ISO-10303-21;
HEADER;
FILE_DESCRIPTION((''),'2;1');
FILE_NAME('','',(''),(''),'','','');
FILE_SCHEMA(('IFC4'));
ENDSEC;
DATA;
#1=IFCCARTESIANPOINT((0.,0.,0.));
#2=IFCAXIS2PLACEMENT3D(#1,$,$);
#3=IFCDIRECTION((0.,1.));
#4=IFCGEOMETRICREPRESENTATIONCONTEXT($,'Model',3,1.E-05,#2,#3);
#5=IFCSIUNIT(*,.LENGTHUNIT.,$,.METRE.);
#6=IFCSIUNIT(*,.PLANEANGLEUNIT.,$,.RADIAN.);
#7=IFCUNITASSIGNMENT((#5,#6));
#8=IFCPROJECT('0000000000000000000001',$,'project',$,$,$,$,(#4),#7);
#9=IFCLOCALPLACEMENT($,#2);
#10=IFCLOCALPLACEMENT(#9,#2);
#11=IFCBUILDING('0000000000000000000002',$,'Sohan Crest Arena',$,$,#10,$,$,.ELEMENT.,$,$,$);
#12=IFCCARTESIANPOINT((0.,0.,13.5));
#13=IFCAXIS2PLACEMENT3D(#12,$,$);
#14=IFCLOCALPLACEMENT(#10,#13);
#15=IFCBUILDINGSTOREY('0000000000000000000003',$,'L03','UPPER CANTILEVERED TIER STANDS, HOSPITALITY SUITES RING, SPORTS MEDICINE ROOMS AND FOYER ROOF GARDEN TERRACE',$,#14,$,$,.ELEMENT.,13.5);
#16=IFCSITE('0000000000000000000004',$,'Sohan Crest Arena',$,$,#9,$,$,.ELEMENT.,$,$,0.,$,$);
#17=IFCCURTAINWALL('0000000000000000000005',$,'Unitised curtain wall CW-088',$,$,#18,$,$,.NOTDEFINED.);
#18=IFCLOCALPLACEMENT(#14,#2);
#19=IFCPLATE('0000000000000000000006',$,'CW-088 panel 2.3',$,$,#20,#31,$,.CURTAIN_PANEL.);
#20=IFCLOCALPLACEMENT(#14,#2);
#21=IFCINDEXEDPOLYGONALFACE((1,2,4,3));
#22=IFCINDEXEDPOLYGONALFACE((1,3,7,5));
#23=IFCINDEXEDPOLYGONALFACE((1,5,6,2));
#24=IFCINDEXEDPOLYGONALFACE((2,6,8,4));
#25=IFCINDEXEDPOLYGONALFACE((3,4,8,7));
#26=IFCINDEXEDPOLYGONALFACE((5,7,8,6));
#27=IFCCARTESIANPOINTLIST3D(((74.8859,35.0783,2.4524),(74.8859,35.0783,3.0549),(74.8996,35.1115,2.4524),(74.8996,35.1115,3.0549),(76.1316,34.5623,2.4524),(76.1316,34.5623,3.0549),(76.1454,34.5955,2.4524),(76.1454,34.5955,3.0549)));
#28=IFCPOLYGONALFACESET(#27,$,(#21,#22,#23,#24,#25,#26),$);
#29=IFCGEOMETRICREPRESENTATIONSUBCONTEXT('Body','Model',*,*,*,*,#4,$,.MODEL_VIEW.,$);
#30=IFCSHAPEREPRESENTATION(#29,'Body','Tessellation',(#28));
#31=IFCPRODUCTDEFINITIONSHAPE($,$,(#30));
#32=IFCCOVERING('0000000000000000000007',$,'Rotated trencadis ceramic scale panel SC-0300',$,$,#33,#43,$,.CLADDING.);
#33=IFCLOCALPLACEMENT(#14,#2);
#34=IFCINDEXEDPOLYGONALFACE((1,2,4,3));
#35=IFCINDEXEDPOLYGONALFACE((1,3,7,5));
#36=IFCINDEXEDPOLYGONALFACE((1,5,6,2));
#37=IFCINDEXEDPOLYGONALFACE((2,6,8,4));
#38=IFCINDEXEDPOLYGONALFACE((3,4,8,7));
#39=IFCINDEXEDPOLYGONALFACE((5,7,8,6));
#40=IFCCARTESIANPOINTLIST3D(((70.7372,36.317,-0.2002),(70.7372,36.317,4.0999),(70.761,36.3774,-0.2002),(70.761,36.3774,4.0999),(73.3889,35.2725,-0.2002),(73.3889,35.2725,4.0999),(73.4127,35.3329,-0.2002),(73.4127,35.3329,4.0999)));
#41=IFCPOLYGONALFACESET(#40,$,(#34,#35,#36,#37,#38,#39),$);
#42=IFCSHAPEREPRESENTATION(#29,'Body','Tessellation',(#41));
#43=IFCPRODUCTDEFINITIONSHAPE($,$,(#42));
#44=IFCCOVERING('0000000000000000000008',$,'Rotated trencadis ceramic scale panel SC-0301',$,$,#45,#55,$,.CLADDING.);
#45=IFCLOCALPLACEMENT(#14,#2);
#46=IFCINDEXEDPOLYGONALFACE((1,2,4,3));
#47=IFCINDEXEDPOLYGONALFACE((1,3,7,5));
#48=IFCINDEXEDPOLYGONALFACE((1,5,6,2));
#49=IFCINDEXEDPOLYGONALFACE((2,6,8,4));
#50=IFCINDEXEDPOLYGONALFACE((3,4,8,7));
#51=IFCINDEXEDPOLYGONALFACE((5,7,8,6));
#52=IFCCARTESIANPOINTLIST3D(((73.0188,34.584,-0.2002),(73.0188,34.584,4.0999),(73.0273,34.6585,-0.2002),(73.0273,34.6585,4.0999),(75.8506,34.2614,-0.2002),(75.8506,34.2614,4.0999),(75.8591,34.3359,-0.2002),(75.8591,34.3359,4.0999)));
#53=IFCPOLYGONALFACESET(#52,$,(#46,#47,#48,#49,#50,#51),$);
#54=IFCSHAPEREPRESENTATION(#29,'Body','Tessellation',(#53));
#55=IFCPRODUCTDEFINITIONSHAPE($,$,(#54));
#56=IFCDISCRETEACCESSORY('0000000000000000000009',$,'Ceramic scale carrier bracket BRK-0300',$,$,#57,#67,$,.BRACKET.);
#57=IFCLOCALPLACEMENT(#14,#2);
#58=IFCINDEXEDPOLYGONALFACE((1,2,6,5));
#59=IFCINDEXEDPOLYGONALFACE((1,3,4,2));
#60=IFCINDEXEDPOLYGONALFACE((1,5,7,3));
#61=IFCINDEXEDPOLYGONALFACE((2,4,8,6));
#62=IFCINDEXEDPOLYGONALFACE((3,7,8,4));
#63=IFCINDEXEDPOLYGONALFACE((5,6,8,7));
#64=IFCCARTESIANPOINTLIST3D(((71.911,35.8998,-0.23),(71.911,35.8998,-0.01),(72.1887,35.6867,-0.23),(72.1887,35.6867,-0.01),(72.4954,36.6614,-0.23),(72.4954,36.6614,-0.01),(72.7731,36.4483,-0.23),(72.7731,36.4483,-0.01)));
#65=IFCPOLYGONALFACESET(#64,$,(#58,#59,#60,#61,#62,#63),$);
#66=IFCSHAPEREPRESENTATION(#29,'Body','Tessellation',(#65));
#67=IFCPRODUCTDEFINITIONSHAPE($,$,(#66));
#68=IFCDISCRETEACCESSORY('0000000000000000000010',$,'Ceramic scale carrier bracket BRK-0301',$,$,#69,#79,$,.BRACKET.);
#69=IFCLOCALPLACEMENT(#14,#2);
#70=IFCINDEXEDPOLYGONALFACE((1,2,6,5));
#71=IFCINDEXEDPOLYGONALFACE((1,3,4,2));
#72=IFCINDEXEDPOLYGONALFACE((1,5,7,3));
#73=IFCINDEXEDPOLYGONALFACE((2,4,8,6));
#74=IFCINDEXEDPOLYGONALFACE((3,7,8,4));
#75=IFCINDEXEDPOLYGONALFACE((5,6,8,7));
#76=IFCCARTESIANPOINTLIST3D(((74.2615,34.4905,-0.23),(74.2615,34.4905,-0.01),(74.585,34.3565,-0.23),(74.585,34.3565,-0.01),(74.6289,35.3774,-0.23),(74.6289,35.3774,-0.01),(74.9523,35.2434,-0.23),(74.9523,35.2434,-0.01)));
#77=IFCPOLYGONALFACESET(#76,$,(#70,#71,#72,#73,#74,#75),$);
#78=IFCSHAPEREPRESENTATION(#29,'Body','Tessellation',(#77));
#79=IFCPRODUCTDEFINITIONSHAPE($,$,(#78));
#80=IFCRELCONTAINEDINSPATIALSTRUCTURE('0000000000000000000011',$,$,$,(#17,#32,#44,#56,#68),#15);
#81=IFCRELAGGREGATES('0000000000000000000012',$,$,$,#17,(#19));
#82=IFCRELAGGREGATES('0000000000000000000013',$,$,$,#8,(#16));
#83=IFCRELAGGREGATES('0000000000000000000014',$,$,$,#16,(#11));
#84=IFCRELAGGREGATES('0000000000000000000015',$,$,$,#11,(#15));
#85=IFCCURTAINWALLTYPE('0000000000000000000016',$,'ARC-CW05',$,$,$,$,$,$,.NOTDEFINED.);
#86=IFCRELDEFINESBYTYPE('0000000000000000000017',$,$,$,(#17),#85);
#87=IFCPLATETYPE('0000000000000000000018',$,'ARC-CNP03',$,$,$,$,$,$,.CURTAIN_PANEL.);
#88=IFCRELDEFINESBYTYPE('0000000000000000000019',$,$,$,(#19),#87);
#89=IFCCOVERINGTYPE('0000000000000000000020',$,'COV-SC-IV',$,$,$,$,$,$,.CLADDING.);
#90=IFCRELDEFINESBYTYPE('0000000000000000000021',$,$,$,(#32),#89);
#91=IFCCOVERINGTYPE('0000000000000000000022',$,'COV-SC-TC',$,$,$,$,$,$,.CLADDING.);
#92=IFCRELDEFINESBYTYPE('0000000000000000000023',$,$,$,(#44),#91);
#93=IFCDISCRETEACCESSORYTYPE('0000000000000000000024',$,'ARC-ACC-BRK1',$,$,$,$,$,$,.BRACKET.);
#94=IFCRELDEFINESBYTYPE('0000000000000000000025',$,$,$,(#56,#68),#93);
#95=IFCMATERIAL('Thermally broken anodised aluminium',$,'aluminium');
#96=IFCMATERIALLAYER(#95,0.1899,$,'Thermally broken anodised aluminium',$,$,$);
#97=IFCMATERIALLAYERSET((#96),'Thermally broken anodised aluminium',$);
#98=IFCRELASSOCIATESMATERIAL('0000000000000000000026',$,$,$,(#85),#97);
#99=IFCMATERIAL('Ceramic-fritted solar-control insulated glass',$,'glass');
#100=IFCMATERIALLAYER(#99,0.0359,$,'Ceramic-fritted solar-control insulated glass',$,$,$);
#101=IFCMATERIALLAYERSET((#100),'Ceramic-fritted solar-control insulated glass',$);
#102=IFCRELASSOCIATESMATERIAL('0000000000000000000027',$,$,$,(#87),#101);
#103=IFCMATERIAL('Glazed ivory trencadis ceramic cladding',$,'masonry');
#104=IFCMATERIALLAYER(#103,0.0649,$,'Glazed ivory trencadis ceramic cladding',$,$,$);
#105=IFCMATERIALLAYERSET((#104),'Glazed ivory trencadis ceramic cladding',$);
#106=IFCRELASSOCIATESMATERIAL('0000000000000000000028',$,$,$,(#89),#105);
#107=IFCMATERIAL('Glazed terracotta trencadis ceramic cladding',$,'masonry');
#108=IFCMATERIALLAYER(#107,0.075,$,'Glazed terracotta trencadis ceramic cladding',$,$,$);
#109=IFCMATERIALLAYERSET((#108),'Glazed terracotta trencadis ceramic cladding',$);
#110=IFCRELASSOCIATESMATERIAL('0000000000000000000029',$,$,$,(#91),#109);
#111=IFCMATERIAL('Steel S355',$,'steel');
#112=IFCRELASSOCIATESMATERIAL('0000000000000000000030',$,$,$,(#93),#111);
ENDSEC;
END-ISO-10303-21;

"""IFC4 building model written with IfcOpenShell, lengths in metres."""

from ifc_helpers import new_model, si_unit, direction, frame, origin, origin_2d, place, context, subcontext, project, spatial, rectangle, extrude, material, layer, layer_set, type_object, element, aggregate, save


model = new_model("IFC4")

# Units and contexts
model_context = context("Model", 3, precision=1e-05, world=origin(), true_north=direction((0.0, 1.0)))
body_context = subcontext(model_context, "Body", "Model", "MODEL_VIEW")
ifc_project = project(units=[si_unit("LENGTHUNIT", "METRE"), si_unit("PLANEANGLEUNIT", "RADIAN")], contexts=[model_context])

# Site, building, storey
site_placement = place(None, origin())
site = spatial("IfcSite", under=ifc_project, at=site_placement, Name="Sohan Crest Arena", CompositionType="ELEMENT", RefElevation=0.0)
building_placement = place(site_placement, origin())
building = spatial("IfcBuilding", under=site, at=building_placement, Name="Sohan Crest Arena", CompositionType="ELEMENT")
storey_placement = place(building_placement, frame((0.0, 0.0, 13.5)))
storey = spatial("IfcBuildingStorey", under=building, at=storey_placement, Name="L03", Description="UPPER CANTILEVERED TIER STANDS, HOSPITALITY SUITES RING, SPORTS MEDICINE ROOMS AND FOYER ROOF GARDEN TERRACE", CompositionType="ELEMENT", Elevation=13.5)

# Shared definitions
ifc_material_1 = material(Name="Steel S355", Category="steel")

# Shared definitions
ifc_material_2 = material(Name="Thermally broken anodised aluminium", Category="aluminium")

# Curtain wall
ifc_layer_1 = layer(ifc_material_2, 0.1899, Name="Thermally broken anodised aluminium")
ifc_layer_set_1 = layer_set([ifc_layer_1], Name="Thermally broken anodised aluminium")
curtain_wall_type_1 = type_object("IfcCurtainWallType", Name="ARC-CW05", PredefinedType="NOTDEFINED", material=ifc_layer_set_1)
curtain_wall_1_placement = place(storey_placement, origin())
curtain_wall_1 = element("IfcCurtainWall", 1, at=curtain_wall_1_placement, inside=storey, type_object=curtain_wall_type_1, Name="Unitised curtain wall CW-088", PredefinedType="NOTDEFINED")

# Plate
ifc_material_3 = material(Name="Ceramic-fritted solar-control insulated glass", Category="glass")
ifc_layer_2 = layer(ifc_material_3, 0.0359, Name="Ceramic-fritted solar-control insulated glass")
ifc_layer_set_2 = layer_set([ifc_layer_2], Name="Ceramic-fritted solar-control insulated glass")
plate_type_1 = type_object("IfcPlateType", Name="ARC-CNP03", PredefinedType="CURTAIN_PANEL", material=ifc_layer_set_2)
plate_1_placement = place(storey_placement, frame((75.5156, 34.8369, 2.4524), z_axis=(0.0, 0.0, 1.0), x_axis=(0.923886, -0.382668, 0.0)))
plate_1 = element("IfcPlate", 2, at=plate_1_placement, type_object=plate_type_1, Name="CW-088 panel 2.3", PredefinedType="CURTAIN_PANEL", context=body_context, shape_type="SweptSolid", body=[
    extrude(rectangle(XDim=1.3484, YDim=0.0359, at=origin_2d()), origin(), (0.0, 0.0, 1.0), 0.6025),
])
aggregate(curtain_wall_1, [plate_1])

# Coverings
ifc_material_4 = material(Name="Glazed ivory trencadis ceramic cladding", Category="masonry")
ifc_layer_3 = layer(ifc_material_4, 0.0649, Name="Glazed ivory trencadis ceramic cladding")
ifc_layer_set_3 = layer_set([ifc_layer_3], Name="Glazed ivory trencadis ceramic cladding")
covering_type_1 = type_object("IfcCoveringType", Name="COV-SC-IV", PredefinedType="CLADDING", material=ifc_layer_set_3)
covering_1_placement = place(storey_placement, frame((72.075, 35.825, -0.2002), z_axis=(0.0, 0.0, 1.0), x_axis=(0.930418, -0.366501, 0.0)))
element("IfcCovering", 3, at=covering_1_placement, inside=storey, type_object=covering_type_1, Name="Rotated trencadis ceramic scale panel SC-0300", PredefinedType="CLADDING", context=body_context, shape_type="SweptSolid", body=[
    extrude(rectangle(XDim=2.8501, YDim=0.0649, at=origin_2d()), origin(), (0.0, 0.0, 1.0), 4.3),
])
ifc_material_5 = material(Name="Glazed terracotta trencadis ceramic cladding", Category="masonry")
ifc_layer_4 = layer(ifc_material_5, 0.075, Name="Glazed terracotta trencadis ceramic cladding")
ifc_layer_set_4 = layer_set([ifc_layer_4], Name="Glazed terracotta trencadis ceramic cladding")
covering_type_2 = type_object("IfcCoveringType", Name="COV-SC-TC", PredefinedType="CLADDING", material=ifc_layer_set_4)
covering_2_placement = place(storey_placement, frame((74.439, 34.46, -0.2002), z_axis=(0.0, 0.0, 1.0), x_axis=(0.993572, -0.113203, 0.0)))
element("IfcCovering", 4, at=covering_2_placement, inside=storey, type_object=covering_type_2, Name="Rotated trencadis ceramic scale panel SC-0301", PredefinedType="CLADDING", context=body_context, shape_type="SweptSolid", body=[
    extrude(rectangle(XDim=2.8501, YDim=0.075, at=origin_2d()), origin(), (0.0, 0.0, 1.0), 4.3),
])

# Discrete accessories
discrete_accessory_type = type_object("IfcDiscreteAccessoryType", Name="ARC-ACC-BRK1", PredefinedType="BRACKET", material=ifc_material_1)
for number, where, z_axis, x_axis, name in (
    (5, (72.342, 36.1741, -0.23), (0.0, 0.0, 1.0), (0.793353, -0.608761, 0.0), "Ceramic scale carrier bracket BRK-0300"),
    (6, (74.6069, 34.8669, -0.23), (0.0, 0.0, 1.0), (0.92388, -0.382683, 0.0), "Ceramic scale carrier bracket BRK-0301"),
):
    element("IfcDiscreteAccessory", number, at=place(storey_placement, frame(where, z_axis=z_axis, x_axis=x_axis)), inside=storey, type_object=discrete_accessory_type, Name=name, PredefinedType="BRACKET", context=body_context, shape_type="SweptSolid", body=[
        extrude(rectangle(XDim=0.3501, YDim=0.96, at=origin_2d()), origin(), (0.0, 0.0, 1.0), 0.22),
    ])

save(model, "model.ifc")
